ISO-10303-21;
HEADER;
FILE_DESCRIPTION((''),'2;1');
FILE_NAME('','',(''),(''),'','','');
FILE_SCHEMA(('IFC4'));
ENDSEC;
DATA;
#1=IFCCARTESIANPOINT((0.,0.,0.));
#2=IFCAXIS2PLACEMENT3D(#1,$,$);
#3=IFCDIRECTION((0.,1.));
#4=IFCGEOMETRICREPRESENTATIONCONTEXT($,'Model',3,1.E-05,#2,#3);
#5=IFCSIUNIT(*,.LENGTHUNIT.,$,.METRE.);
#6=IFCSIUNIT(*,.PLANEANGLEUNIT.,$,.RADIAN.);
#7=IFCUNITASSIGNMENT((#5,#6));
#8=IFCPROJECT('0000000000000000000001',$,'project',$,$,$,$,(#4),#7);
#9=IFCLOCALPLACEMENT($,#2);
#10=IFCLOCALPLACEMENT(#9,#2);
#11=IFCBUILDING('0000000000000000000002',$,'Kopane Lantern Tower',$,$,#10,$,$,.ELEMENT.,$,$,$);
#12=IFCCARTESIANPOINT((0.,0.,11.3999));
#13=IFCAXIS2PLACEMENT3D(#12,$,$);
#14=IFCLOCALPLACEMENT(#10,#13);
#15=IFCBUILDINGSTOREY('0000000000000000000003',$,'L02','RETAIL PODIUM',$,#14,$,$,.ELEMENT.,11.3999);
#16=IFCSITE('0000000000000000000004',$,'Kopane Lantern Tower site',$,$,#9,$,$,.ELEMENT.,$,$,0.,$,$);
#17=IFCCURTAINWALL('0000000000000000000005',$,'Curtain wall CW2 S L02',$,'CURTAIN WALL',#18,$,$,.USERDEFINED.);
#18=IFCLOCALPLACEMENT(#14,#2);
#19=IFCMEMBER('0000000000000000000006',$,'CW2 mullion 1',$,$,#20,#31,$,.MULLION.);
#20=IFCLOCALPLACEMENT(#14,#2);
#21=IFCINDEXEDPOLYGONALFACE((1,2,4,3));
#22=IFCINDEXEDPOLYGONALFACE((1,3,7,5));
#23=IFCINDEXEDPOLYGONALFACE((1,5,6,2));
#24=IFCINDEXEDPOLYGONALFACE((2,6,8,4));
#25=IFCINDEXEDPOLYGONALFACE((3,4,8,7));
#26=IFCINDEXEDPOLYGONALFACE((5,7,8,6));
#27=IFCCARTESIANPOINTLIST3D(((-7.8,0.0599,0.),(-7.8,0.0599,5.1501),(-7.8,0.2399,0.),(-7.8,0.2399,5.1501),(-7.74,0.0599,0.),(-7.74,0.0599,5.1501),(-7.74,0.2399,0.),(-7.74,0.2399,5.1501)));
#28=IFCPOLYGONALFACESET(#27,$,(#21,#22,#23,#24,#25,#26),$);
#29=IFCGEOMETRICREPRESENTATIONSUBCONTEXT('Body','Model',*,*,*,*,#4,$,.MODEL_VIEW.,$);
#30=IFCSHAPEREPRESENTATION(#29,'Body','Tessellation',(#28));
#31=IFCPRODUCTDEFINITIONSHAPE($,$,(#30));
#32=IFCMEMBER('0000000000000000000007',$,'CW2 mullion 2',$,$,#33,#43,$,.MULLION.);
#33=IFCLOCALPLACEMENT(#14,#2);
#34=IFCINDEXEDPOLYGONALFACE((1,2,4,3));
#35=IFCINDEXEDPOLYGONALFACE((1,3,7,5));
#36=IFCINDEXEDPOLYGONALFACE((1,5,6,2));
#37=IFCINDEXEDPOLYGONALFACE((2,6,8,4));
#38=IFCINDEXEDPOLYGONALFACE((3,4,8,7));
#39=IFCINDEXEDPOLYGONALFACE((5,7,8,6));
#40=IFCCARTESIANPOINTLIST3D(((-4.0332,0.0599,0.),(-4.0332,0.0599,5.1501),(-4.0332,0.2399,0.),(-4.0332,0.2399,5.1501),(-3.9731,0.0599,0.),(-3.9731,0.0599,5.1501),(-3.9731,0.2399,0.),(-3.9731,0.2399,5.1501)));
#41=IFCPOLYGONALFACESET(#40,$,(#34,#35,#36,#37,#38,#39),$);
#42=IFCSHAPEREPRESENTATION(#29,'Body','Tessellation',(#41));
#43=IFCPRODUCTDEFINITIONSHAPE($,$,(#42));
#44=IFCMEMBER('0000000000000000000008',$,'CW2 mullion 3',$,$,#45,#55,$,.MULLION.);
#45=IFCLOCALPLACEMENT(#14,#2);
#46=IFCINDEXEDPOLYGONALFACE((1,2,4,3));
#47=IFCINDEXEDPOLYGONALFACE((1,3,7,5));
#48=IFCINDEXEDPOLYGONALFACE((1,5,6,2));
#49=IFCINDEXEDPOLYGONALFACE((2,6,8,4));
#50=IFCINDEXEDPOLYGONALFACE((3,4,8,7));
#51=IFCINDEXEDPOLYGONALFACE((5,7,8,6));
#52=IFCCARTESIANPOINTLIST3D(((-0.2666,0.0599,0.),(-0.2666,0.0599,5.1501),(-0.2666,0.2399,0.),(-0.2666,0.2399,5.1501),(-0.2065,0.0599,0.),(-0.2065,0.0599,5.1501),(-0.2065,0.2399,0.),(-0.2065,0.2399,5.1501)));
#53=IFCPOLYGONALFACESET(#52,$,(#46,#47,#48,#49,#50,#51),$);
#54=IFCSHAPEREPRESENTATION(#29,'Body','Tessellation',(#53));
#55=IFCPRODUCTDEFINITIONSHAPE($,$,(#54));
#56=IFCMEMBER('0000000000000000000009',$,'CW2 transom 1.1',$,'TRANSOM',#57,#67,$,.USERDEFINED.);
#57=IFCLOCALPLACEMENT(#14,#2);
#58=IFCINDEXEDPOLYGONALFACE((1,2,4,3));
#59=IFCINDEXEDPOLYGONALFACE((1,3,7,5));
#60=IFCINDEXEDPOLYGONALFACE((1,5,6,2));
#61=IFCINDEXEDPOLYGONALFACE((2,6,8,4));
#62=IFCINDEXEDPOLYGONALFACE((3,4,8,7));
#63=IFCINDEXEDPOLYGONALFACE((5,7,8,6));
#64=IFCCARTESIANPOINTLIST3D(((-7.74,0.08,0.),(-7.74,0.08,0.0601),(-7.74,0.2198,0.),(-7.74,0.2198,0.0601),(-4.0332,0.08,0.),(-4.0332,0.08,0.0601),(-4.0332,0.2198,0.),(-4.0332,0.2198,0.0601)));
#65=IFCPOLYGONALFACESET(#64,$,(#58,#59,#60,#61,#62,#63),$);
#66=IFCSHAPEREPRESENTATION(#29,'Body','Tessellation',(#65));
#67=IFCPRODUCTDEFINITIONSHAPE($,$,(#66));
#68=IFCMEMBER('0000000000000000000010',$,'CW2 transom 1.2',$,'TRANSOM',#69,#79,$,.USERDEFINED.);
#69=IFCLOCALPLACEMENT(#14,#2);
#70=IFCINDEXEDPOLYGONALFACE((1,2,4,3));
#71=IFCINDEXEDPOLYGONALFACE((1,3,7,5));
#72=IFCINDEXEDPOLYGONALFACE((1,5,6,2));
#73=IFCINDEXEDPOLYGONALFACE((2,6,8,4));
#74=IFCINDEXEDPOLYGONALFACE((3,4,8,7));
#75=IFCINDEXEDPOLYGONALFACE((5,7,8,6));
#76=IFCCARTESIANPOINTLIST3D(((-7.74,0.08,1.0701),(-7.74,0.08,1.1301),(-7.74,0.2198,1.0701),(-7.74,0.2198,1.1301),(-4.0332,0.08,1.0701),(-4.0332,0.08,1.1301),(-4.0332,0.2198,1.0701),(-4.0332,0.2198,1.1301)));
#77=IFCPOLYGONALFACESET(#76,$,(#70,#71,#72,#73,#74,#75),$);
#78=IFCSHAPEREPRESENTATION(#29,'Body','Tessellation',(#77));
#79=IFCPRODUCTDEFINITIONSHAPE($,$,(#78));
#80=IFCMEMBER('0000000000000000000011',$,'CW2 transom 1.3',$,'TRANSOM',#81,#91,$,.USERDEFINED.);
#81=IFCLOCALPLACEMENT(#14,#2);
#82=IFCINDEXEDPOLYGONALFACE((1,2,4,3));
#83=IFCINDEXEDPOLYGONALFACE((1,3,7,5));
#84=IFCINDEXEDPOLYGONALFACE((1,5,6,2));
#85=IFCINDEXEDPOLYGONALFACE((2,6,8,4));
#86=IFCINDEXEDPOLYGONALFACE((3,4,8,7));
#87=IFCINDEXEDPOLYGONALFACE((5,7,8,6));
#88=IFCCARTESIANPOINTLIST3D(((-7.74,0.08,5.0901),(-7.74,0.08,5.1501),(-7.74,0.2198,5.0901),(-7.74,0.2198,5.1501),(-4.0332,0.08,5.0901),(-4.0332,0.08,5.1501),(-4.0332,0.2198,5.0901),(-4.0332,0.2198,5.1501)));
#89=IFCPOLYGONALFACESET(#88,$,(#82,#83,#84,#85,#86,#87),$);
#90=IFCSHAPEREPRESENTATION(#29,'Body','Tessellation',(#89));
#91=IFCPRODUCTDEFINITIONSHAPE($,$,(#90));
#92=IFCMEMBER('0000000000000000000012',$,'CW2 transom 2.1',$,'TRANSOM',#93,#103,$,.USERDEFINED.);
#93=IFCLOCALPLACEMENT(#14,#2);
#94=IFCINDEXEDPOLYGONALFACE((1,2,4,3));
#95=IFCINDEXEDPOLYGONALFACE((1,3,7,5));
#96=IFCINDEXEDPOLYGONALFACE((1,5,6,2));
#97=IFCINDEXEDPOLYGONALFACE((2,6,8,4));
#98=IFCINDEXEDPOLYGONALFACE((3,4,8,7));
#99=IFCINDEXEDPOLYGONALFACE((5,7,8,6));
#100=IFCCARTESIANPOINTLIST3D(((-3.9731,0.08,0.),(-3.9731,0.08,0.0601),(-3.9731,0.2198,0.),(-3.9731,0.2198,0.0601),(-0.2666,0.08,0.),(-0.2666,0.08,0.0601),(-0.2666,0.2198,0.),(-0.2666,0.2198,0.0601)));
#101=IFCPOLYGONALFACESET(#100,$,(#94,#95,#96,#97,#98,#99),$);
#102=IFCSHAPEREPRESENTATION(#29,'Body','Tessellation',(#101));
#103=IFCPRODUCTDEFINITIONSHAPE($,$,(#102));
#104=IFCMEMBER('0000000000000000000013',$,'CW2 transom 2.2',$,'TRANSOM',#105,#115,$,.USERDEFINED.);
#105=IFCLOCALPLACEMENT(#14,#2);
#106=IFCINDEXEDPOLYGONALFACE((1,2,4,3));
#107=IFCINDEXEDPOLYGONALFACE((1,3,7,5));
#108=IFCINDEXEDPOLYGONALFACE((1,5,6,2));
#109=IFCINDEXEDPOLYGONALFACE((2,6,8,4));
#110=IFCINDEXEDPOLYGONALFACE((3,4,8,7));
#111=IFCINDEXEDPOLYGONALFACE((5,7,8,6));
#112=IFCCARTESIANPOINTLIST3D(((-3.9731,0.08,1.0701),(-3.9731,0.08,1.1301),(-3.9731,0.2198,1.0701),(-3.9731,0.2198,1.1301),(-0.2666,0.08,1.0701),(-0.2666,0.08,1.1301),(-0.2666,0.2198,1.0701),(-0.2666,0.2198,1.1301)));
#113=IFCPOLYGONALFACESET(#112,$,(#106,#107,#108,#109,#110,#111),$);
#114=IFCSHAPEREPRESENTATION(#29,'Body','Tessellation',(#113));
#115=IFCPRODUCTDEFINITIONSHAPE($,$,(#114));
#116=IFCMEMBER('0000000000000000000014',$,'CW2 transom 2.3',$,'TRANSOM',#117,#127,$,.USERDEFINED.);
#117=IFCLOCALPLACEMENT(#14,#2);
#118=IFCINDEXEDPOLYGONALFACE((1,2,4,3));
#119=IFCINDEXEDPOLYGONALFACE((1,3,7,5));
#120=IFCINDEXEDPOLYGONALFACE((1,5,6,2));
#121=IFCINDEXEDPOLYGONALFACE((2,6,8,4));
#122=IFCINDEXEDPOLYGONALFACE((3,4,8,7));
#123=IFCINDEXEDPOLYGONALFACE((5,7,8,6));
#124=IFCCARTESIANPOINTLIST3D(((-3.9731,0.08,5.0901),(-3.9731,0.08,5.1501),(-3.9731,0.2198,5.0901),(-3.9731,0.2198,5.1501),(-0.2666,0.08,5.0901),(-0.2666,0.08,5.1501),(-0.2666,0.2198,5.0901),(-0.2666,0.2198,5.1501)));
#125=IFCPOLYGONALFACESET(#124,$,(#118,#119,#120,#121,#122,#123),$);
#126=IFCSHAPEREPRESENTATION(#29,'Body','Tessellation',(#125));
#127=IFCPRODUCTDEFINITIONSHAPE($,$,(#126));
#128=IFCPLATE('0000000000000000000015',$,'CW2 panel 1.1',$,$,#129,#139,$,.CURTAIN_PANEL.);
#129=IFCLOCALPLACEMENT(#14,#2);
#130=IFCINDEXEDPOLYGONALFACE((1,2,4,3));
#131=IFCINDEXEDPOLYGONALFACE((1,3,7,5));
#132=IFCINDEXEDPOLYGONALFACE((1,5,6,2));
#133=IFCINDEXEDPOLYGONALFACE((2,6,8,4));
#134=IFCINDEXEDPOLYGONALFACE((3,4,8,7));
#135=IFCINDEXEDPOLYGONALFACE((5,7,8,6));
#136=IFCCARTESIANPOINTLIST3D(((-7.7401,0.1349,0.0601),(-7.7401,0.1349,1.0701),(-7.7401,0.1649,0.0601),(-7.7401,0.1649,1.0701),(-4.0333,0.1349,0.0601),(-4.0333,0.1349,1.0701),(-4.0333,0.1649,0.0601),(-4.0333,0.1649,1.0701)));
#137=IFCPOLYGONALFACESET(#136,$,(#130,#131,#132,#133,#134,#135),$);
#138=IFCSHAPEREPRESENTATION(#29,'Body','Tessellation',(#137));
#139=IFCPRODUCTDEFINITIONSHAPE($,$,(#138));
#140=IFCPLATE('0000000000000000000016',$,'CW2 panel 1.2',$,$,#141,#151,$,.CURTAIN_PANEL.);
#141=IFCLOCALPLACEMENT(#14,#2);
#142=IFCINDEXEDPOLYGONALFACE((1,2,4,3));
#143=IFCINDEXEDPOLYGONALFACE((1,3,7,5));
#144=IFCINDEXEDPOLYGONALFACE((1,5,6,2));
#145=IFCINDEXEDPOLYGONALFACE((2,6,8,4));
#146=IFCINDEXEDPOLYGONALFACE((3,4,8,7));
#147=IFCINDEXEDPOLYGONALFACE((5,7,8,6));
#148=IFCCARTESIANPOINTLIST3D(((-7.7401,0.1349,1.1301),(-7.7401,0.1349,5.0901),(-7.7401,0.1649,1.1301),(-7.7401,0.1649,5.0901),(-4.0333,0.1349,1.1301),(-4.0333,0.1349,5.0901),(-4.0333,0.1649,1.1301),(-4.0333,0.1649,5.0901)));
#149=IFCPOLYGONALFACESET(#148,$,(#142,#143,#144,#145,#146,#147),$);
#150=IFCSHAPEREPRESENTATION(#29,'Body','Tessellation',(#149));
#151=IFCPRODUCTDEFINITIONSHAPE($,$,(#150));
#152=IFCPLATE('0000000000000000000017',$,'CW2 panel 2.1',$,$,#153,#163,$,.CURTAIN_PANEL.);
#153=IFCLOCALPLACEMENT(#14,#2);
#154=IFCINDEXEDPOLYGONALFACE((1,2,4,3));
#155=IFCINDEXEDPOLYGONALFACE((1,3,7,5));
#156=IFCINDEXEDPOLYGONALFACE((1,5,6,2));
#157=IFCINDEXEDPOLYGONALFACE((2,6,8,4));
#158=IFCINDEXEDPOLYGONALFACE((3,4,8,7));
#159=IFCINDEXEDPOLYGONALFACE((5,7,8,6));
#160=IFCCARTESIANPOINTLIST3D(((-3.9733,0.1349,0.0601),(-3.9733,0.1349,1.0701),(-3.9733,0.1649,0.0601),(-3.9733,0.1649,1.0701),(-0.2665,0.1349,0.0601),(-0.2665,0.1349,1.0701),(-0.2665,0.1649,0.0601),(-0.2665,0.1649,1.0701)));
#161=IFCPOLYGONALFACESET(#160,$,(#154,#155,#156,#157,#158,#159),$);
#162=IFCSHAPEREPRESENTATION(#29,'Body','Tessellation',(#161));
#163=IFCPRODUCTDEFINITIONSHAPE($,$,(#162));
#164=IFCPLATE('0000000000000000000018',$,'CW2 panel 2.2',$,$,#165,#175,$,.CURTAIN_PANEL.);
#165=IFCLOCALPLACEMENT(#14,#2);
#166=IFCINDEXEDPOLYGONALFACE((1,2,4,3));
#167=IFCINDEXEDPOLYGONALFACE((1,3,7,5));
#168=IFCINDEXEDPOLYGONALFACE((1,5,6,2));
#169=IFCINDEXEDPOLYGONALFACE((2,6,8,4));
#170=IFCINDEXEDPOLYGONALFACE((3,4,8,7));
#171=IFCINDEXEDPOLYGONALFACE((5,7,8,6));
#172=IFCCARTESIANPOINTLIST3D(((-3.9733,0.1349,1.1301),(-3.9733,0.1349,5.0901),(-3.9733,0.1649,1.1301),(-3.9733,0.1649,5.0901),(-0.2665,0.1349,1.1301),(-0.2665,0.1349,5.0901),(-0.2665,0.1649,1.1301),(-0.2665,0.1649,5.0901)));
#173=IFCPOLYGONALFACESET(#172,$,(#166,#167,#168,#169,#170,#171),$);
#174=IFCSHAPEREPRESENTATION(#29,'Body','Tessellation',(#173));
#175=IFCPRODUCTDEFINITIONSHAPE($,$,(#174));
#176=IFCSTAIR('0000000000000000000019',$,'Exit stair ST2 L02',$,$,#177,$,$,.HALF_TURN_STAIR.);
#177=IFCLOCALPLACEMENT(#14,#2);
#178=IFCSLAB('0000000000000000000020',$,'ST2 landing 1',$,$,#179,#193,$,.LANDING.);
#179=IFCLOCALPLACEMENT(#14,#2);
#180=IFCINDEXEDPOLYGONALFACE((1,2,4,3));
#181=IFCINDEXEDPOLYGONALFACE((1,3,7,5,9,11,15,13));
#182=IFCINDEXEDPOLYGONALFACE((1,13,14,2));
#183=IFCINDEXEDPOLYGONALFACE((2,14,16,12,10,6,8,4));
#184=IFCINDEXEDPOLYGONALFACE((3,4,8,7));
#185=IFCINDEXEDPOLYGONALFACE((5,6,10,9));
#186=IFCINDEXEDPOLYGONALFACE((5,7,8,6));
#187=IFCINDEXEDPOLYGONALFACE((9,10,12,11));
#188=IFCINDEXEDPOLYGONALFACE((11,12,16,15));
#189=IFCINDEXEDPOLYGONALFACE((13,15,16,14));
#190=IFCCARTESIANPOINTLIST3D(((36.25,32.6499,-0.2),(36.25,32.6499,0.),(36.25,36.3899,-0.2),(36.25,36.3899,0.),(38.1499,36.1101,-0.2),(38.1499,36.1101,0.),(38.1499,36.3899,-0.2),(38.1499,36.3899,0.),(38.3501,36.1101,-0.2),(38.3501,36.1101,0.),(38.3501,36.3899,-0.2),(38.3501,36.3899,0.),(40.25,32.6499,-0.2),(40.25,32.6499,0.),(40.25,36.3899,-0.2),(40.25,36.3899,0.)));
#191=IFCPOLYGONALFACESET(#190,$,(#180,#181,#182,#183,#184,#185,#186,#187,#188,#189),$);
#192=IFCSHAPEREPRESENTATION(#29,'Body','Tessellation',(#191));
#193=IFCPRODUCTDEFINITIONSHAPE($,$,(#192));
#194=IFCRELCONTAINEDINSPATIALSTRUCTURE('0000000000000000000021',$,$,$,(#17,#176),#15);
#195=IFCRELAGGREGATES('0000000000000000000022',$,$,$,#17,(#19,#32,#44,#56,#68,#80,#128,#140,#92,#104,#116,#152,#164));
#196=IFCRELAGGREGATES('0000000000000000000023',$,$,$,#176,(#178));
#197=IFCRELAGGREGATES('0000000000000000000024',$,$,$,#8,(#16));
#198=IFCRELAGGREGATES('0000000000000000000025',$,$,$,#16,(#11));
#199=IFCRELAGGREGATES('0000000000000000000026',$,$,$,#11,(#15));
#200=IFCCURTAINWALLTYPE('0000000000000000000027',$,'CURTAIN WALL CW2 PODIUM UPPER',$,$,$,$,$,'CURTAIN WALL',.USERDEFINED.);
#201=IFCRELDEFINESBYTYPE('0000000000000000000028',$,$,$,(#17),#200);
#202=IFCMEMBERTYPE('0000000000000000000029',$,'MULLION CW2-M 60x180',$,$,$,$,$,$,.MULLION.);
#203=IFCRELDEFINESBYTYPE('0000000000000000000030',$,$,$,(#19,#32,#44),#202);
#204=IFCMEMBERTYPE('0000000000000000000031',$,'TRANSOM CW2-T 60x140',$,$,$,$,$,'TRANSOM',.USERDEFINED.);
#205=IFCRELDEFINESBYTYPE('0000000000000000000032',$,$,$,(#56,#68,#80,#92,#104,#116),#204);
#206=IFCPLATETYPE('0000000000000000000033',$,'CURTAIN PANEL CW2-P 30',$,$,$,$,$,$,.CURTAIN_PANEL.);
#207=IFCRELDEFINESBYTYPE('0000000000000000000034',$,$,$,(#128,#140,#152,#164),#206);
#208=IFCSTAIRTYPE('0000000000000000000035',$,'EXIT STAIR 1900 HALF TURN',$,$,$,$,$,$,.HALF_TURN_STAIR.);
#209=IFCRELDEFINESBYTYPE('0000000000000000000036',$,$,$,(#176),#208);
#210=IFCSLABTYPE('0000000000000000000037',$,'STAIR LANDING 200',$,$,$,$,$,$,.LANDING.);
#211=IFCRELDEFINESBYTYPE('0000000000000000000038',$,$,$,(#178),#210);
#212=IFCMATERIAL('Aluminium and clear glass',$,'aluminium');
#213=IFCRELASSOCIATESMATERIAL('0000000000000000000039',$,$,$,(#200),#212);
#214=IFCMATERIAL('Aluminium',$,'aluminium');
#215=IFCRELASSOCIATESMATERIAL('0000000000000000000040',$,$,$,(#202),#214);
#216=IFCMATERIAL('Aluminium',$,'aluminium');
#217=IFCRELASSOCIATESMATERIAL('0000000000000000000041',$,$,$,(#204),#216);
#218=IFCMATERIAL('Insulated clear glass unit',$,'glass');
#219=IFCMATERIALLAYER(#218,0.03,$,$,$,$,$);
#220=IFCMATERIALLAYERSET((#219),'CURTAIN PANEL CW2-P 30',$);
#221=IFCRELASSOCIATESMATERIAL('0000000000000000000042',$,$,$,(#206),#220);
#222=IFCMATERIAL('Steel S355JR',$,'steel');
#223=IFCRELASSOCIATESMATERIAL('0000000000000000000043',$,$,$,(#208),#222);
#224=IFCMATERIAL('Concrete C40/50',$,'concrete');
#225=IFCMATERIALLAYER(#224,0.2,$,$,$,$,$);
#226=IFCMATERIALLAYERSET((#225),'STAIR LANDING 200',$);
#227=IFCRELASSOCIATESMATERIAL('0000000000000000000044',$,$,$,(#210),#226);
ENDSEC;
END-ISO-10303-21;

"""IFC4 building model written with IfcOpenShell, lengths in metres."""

from ifc_helpers import new_model, si_unit, direction, frame, origin, origin_2d, place, context, subcontext, project, spatial, polyline, rectangle, outline, extrude, material, layer, layer_set, material_profile, profile_set, type_object, element, aggregate, save


model = new_model("IFC4")

# Units and contexts
model_context = context("Model", 3, precision=1e-05, world=origin(), true_north=direction((0.0, 1.0)))
body_context = subcontext(model_context, "Body", "Model", "MODEL_VIEW")
ifc_project = project(units=[si_unit("LENGTHUNIT", "METRE"), si_unit("PLANEANGLEUNIT", "RADIAN")], contexts=[model_context])

# Site, building, storey
site_placement = place(None, origin())
site = spatial("IfcSite", under=ifc_project, at=site_placement, Name="Kopane Lantern Tower site", CompositionType="ELEMENT", RefElevation=0.0)
building_placement = place(site_placement, origin())
building = spatial("IfcBuilding", under=site, at=building_placement, Name="Kopane Lantern Tower", CompositionType="ELEMENT")
storey_placement = place(building_placement, frame((0.0, 0.0, 11.3999)))
storey = spatial("IfcBuildingStorey", under=building, at=storey_placement, Name="L02", Description="RETAIL PODIUM", CompositionType="ELEMENT", Elevation=11.3999)

# Curtain wall, members, plates
ifc_material_1 = material(Name="Aluminium and clear glass", Category="aluminium")
curtain_wall_type = type_object("IfcCurtainWallType", Name="CURTAIN WALL CW2 PODIUM UPPER", ElementType="CURTAIN WALL", PredefinedType="USERDEFINED", material=ifc_material_1)
curtain_wall_placement = place(storey_placement, origin())
curtain_wall = element("IfcCurtainWall", 1, at=curtain_wall_placement, inside=storey, type_object=curtain_wall_type, Name="Curtain wall CW2 S L02", ObjectType="CURTAIN WALL", PredefinedType="USERDEFINED")
ifc_material_2 = material(Name="Aluminium", Category="aluminium")
ifc_material_profile_1 = material_profile(ifc_material_2, rectangle(XDim=0.0601, YDim=0.1799, at=origin_2d()), Name="AL 60x180")
ifc_profile_set_1 = profile_set([ifc_material_profile_1], Name="Aluminium")
member_type_1 = type_object("IfcMemberType", Name="MULLION CW2-M 60x180", PredefinedType="MULLION", material=ifc_profile_set_1)
member_1_placement = place(storey_placement, frame((-7.77, 0.1499, 0.0), z_axis=(0.0, 0.0, 1.0), x_axis=(1.0, 0.0, 0.0)))
member_1 = element("IfcMember", 2, at=member_1_placement, type_object=member_type_1, Name="CW2 mullion 1", PredefinedType="MULLION", context=body_context, shape_type="SweptSolid", body=[
    extrude(rectangle(XDim=0.0601, YDim=0.1799, at=origin_2d()), origin(), (0.0, 0.0, 1.0), 5.1501),
])
member_2_placement = place(storey_placement, frame((-4.0032, 0.1499, 0.0), z_axis=(0.0, 0.0, 1.0), x_axis=(1.0, 0.0, 0.0)))
member_2 = element("IfcMember", 3, at=member_2_placement, type_object=member_type_1, Name="CW2 mullion 2", PredefinedType="MULLION", context=body_context, shape_type="SweptSolid", body=[
    extrude(rectangle(XDim=0.0601, YDim=0.1799, at=origin_2d()), origin(), (0.0, 0.0, 1.0), 5.1501),
])
member_3_placement = place(storey_placement, frame((-0.2366, 0.1499, 0.0), z_axis=(0.0, 0.0, 1.0), x_axis=(1.0, 0.0, 0.0)))
member_3 = element("IfcMember", 4, at=member_3_placement, type_object=member_type_1, Name="CW2 mullion 3", PredefinedType="MULLION", context=body_context, shape_type="SweptSolid", body=[
    extrude(rectangle(XDim=0.0601, YDim=0.1799, at=origin_2d()), origin(), (0.0, 0.0, 1.0), 5.1501),
])
ifc_material_3 = material(Name="Aluminium", Category="aluminium")
ifc_material_profile_2 = material_profile(ifc_material_3, rectangle(XDim=0.1399, YDim=0.0601, at=origin_2d()), Name="AL 140x60")
ifc_profile_set_2 = profile_set([ifc_material_profile_2], Name="Aluminium")
member_type_2 = type_object("IfcMemberType", Name="TRANSOM CW2-T 60x140", ElementType="TRANSOM", PredefinedType="USERDEFINED", material=ifc_profile_set_2)
member_4_placement = place(storey_placement, frame((-7.74, 0.1499, 0.03), z_axis=(1.0, 0.0, 0.0), x_axis=(0.0, 1.0, 0.0)))
member_4 = element("IfcMember", 5, at=member_4_placement, type_object=member_type_2, Name="CW2 transom 1.1", ObjectType="TRANSOM", PredefinedType="USERDEFINED", context=body_context, shape_type="SweptSolid", body=[
    extrude(rectangle(XDim=0.1399, YDim=0.0601, at=origin_2d()), origin(), (0.0, 0.0, 1.0), 3.7068),
])
member_5_placement = place(storey_placement, frame((-7.74, 0.1499, 1.1001), z_axis=(1.0, 0.0, 0.0), x_axis=(0.0, 1.0, 0.0)))
member_5 = element("IfcMember", 6, at=member_5_placement, type_object=member_type_2, Name="CW2 transom 1.2", ObjectType="TRANSOM", PredefinedType="USERDEFINED", context=body_context, shape_type="SweptSolid", body=[
    extrude(rectangle(XDim=0.1399, YDim=0.0601, at=origin_2d()), origin(), (0.0, 0.0, 1.0), 3.7068),
])
member_6_placement = place(storey_placement, frame((-7.74, 0.1499, 5.1201), z_axis=(1.0, 0.0, 0.0), x_axis=(0.0, 1.0, 0.0)))
member_6 = element("IfcMember", 7, at=member_6_placement, type_object=member_type_2, Name="CW2 transom 1.3", ObjectType="TRANSOM", PredefinedType="USERDEFINED", context=body_context, shape_type="SweptSolid", body=[
    extrude(rectangle(XDim=0.1399, YDim=0.0601, at=origin_2d()), origin(), (0.0, 0.0, 1.0), 3.7068),
])
member_7_placement = place(storey_placement, frame((-3.9731, 0.1499, 0.03), z_axis=(1.0, 0.0, 0.0), x_axis=(0.0, 1.0, 0.0)))
member_7 = element("IfcMember", 8, at=member_7_placement, type_object=member_type_2, Name="CW2 transom 2.1", ObjectType="TRANSOM", PredefinedType="USERDEFINED", context=body_context, shape_type="SweptSolid", body=[
    extrude(rectangle(XDim=0.1399, YDim=0.0601, at=origin_2d()), origin(), (0.0, 0.0, 1.0), 3.7065),
])
member_8_placement = place(storey_placement, frame((-3.9731, 0.1499, 1.1001), z_axis=(1.0, 0.0, 0.0), x_axis=(0.0, 1.0, 0.0)))
member_8 = element("IfcMember", 9, at=member_8_placement, type_object=member_type_2, Name="CW2 transom 2.2", ObjectType="TRANSOM", PredefinedType="USERDEFINED", context=body_context, shape_type="SweptSolid", body=[
    extrude(rectangle(XDim=0.1399, YDim=0.0601, at=origin_2d()), origin(), (0.0, 0.0, 1.0), 3.7065),
])
member_9_placement = place(storey_placement, frame((-3.9731, 0.1499, 5.1201), z_axis=(1.0, 0.0, 0.0), x_axis=(0.0, 1.0, 0.0)))
member_9 = element("IfcMember", 10, at=member_9_placement, type_object=member_type_2, Name="CW2 transom 2.3", ObjectType="TRANSOM", PredefinedType="USERDEFINED", context=body_context, shape_type="SweptSolid", body=[
    extrude(rectangle(XDim=0.1399, YDim=0.0601, at=origin_2d()), origin(), (0.0, 0.0, 1.0), 3.7065),
])
ifc_material_4 = material(Name="Insulated clear glass unit", Category="glass")
ifc_layer_1 = layer(ifc_material_4, 0.03)
ifc_layer_set_1 = layer_set([ifc_layer_1], Name="CURTAIN PANEL CW2-P 30")
plate_type = type_object("IfcPlateType", Name="CURTAIN PANEL CW2-P 30", PredefinedType="CURTAIN_PANEL", material=ifc_layer_set_1)
plate_1_placement = place(storey_placement, frame((-5.8867, 0.1499, 0.0601), z_axis=(0.0, 0.0, 1.0), x_axis=(1.0, 0.0, 0.0)))
plate_1 = element("IfcPlate", 11, at=plate_1_placement, type_object=plate_type, Name="CW2 panel 1.1", PredefinedType="CURTAIN_PANEL", context=body_context, shape_type="SweptSolid", body=[
    extrude(rectangle(XDim=3.7068, YDim=0.03, at=origin_2d()), origin(), (0.0, 0.0, 1.0), 1.01),
])
plate_2_placement = place(storey_placement, frame((-5.8867, 0.1499, 1.1301), z_axis=(0.0, 0.0, 1.0), x_axis=(1.0, 0.0, 0.0)))
plate_2 = element("IfcPlate", 12, at=plate_2_placement, type_object=plate_type, Name="CW2 panel 1.2", PredefinedType="CURTAIN_PANEL", context=body_context, shape_type="SweptSolid", body=[
    extrude(rectangle(XDim=3.7068, YDim=0.03, at=origin_2d()), origin(), (0.0, 0.0, 1.0), 3.96),
])
plate_3_placement = place(storey_placement, frame((-2.1199, 0.1499, 0.0601), z_axis=(0.0, 0.0, 1.0), x_axis=(1.0, 0.0, 0.0)))
plate_3 = element("IfcPlate", 13, at=plate_3_placement, type_object=plate_type, Name="CW2 panel 2.1", PredefinedType="CURTAIN_PANEL", context=body_context, shape_type="SweptSolid", body=[
    extrude(rectangle(XDim=3.7068, YDim=0.03, at=origin_2d()), origin(), (0.0, 0.0, 1.0), 1.01),
])
plate_4_placement = place(storey_placement, frame((-2.1199, 0.1499, 1.1301), z_axis=(0.0, 0.0, 1.0), x_axis=(1.0, 0.0, 0.0)))
plate_4 = element("IfcPlate", 14, at=plate_4_placement, type_object=plate_type, Name="CW2 panel 2.2", PredefinedType="CURTAIN_PANEL", context=body_context, shape_type="SweptSolid", body=[
    extrude(rectangle(XDim=3.7068, YDim=0.03, at=origin_2d()), origin(), (0.0, 0.0, 1.0), 3.96),
])
aggregate(curtain_wall, [member_1, member_2, member_3, member_4, member_5, member_6, plate_1, plate_2, member_7, member_8, member_9, plate_3, plate_4])

# Stair, slab
ifc_material_5 = material(Name="Steel S355JR", Category="steel")
stair_type = type_object("IfcStairType", Name="EXIT STAIR 1900 HALF TURN", PredefinedType="HALF_TURN_STAIR", material=ifc_material_5)
stair_1_placement = place(storey_placement, origin())
stair_1 = element("IfcStair", 15, at=stair_1_placement, inside=storey, type_object=stair_type, Name="Exit stair ST2 L02", PredefinedType="HALF_TURN_STAIR")
ifc_material_6 = material(Name="Concrete C40/50", Category="concrete")
ifc_layer_2 = layer(ifc_material_6, 0.2)
ifc_layer_set_2 = layer_set([ifc_layer_2], Name="STAIR LANDING 200")
slab_type = type_object("IfcSlabType", Name="STAIR LANDING 200", PredefinedType="LANDING", material=ifc_layer_set_2)
slab_1_placement = place(storey_placement, frame((0.0, 0.0, -0.2)))
slab_1 = element("IfcSlab", 16, at=slab_1_placement, type_object=slab_type, Name="ST2 landing 1", PredefinedType="LANDING", context=body_context, shape_type="SweptSolid", body=[
    extrude(outline(polyline([(40.25, 36.3899), (38.3501, 36.3899), (38.3501, 36.1101), (38.1499, 36.1101), (38.1499, 36.3899), (36.25, 36.3899), (36.25, 32.6499), (40.25, 32.6499), (40.25, 36.3899)])), origin(), (0.0, 0.0, 1.0), 0.2),
])
aggregate(stair_1, [slab_1])

save(model, "model.ifc")
